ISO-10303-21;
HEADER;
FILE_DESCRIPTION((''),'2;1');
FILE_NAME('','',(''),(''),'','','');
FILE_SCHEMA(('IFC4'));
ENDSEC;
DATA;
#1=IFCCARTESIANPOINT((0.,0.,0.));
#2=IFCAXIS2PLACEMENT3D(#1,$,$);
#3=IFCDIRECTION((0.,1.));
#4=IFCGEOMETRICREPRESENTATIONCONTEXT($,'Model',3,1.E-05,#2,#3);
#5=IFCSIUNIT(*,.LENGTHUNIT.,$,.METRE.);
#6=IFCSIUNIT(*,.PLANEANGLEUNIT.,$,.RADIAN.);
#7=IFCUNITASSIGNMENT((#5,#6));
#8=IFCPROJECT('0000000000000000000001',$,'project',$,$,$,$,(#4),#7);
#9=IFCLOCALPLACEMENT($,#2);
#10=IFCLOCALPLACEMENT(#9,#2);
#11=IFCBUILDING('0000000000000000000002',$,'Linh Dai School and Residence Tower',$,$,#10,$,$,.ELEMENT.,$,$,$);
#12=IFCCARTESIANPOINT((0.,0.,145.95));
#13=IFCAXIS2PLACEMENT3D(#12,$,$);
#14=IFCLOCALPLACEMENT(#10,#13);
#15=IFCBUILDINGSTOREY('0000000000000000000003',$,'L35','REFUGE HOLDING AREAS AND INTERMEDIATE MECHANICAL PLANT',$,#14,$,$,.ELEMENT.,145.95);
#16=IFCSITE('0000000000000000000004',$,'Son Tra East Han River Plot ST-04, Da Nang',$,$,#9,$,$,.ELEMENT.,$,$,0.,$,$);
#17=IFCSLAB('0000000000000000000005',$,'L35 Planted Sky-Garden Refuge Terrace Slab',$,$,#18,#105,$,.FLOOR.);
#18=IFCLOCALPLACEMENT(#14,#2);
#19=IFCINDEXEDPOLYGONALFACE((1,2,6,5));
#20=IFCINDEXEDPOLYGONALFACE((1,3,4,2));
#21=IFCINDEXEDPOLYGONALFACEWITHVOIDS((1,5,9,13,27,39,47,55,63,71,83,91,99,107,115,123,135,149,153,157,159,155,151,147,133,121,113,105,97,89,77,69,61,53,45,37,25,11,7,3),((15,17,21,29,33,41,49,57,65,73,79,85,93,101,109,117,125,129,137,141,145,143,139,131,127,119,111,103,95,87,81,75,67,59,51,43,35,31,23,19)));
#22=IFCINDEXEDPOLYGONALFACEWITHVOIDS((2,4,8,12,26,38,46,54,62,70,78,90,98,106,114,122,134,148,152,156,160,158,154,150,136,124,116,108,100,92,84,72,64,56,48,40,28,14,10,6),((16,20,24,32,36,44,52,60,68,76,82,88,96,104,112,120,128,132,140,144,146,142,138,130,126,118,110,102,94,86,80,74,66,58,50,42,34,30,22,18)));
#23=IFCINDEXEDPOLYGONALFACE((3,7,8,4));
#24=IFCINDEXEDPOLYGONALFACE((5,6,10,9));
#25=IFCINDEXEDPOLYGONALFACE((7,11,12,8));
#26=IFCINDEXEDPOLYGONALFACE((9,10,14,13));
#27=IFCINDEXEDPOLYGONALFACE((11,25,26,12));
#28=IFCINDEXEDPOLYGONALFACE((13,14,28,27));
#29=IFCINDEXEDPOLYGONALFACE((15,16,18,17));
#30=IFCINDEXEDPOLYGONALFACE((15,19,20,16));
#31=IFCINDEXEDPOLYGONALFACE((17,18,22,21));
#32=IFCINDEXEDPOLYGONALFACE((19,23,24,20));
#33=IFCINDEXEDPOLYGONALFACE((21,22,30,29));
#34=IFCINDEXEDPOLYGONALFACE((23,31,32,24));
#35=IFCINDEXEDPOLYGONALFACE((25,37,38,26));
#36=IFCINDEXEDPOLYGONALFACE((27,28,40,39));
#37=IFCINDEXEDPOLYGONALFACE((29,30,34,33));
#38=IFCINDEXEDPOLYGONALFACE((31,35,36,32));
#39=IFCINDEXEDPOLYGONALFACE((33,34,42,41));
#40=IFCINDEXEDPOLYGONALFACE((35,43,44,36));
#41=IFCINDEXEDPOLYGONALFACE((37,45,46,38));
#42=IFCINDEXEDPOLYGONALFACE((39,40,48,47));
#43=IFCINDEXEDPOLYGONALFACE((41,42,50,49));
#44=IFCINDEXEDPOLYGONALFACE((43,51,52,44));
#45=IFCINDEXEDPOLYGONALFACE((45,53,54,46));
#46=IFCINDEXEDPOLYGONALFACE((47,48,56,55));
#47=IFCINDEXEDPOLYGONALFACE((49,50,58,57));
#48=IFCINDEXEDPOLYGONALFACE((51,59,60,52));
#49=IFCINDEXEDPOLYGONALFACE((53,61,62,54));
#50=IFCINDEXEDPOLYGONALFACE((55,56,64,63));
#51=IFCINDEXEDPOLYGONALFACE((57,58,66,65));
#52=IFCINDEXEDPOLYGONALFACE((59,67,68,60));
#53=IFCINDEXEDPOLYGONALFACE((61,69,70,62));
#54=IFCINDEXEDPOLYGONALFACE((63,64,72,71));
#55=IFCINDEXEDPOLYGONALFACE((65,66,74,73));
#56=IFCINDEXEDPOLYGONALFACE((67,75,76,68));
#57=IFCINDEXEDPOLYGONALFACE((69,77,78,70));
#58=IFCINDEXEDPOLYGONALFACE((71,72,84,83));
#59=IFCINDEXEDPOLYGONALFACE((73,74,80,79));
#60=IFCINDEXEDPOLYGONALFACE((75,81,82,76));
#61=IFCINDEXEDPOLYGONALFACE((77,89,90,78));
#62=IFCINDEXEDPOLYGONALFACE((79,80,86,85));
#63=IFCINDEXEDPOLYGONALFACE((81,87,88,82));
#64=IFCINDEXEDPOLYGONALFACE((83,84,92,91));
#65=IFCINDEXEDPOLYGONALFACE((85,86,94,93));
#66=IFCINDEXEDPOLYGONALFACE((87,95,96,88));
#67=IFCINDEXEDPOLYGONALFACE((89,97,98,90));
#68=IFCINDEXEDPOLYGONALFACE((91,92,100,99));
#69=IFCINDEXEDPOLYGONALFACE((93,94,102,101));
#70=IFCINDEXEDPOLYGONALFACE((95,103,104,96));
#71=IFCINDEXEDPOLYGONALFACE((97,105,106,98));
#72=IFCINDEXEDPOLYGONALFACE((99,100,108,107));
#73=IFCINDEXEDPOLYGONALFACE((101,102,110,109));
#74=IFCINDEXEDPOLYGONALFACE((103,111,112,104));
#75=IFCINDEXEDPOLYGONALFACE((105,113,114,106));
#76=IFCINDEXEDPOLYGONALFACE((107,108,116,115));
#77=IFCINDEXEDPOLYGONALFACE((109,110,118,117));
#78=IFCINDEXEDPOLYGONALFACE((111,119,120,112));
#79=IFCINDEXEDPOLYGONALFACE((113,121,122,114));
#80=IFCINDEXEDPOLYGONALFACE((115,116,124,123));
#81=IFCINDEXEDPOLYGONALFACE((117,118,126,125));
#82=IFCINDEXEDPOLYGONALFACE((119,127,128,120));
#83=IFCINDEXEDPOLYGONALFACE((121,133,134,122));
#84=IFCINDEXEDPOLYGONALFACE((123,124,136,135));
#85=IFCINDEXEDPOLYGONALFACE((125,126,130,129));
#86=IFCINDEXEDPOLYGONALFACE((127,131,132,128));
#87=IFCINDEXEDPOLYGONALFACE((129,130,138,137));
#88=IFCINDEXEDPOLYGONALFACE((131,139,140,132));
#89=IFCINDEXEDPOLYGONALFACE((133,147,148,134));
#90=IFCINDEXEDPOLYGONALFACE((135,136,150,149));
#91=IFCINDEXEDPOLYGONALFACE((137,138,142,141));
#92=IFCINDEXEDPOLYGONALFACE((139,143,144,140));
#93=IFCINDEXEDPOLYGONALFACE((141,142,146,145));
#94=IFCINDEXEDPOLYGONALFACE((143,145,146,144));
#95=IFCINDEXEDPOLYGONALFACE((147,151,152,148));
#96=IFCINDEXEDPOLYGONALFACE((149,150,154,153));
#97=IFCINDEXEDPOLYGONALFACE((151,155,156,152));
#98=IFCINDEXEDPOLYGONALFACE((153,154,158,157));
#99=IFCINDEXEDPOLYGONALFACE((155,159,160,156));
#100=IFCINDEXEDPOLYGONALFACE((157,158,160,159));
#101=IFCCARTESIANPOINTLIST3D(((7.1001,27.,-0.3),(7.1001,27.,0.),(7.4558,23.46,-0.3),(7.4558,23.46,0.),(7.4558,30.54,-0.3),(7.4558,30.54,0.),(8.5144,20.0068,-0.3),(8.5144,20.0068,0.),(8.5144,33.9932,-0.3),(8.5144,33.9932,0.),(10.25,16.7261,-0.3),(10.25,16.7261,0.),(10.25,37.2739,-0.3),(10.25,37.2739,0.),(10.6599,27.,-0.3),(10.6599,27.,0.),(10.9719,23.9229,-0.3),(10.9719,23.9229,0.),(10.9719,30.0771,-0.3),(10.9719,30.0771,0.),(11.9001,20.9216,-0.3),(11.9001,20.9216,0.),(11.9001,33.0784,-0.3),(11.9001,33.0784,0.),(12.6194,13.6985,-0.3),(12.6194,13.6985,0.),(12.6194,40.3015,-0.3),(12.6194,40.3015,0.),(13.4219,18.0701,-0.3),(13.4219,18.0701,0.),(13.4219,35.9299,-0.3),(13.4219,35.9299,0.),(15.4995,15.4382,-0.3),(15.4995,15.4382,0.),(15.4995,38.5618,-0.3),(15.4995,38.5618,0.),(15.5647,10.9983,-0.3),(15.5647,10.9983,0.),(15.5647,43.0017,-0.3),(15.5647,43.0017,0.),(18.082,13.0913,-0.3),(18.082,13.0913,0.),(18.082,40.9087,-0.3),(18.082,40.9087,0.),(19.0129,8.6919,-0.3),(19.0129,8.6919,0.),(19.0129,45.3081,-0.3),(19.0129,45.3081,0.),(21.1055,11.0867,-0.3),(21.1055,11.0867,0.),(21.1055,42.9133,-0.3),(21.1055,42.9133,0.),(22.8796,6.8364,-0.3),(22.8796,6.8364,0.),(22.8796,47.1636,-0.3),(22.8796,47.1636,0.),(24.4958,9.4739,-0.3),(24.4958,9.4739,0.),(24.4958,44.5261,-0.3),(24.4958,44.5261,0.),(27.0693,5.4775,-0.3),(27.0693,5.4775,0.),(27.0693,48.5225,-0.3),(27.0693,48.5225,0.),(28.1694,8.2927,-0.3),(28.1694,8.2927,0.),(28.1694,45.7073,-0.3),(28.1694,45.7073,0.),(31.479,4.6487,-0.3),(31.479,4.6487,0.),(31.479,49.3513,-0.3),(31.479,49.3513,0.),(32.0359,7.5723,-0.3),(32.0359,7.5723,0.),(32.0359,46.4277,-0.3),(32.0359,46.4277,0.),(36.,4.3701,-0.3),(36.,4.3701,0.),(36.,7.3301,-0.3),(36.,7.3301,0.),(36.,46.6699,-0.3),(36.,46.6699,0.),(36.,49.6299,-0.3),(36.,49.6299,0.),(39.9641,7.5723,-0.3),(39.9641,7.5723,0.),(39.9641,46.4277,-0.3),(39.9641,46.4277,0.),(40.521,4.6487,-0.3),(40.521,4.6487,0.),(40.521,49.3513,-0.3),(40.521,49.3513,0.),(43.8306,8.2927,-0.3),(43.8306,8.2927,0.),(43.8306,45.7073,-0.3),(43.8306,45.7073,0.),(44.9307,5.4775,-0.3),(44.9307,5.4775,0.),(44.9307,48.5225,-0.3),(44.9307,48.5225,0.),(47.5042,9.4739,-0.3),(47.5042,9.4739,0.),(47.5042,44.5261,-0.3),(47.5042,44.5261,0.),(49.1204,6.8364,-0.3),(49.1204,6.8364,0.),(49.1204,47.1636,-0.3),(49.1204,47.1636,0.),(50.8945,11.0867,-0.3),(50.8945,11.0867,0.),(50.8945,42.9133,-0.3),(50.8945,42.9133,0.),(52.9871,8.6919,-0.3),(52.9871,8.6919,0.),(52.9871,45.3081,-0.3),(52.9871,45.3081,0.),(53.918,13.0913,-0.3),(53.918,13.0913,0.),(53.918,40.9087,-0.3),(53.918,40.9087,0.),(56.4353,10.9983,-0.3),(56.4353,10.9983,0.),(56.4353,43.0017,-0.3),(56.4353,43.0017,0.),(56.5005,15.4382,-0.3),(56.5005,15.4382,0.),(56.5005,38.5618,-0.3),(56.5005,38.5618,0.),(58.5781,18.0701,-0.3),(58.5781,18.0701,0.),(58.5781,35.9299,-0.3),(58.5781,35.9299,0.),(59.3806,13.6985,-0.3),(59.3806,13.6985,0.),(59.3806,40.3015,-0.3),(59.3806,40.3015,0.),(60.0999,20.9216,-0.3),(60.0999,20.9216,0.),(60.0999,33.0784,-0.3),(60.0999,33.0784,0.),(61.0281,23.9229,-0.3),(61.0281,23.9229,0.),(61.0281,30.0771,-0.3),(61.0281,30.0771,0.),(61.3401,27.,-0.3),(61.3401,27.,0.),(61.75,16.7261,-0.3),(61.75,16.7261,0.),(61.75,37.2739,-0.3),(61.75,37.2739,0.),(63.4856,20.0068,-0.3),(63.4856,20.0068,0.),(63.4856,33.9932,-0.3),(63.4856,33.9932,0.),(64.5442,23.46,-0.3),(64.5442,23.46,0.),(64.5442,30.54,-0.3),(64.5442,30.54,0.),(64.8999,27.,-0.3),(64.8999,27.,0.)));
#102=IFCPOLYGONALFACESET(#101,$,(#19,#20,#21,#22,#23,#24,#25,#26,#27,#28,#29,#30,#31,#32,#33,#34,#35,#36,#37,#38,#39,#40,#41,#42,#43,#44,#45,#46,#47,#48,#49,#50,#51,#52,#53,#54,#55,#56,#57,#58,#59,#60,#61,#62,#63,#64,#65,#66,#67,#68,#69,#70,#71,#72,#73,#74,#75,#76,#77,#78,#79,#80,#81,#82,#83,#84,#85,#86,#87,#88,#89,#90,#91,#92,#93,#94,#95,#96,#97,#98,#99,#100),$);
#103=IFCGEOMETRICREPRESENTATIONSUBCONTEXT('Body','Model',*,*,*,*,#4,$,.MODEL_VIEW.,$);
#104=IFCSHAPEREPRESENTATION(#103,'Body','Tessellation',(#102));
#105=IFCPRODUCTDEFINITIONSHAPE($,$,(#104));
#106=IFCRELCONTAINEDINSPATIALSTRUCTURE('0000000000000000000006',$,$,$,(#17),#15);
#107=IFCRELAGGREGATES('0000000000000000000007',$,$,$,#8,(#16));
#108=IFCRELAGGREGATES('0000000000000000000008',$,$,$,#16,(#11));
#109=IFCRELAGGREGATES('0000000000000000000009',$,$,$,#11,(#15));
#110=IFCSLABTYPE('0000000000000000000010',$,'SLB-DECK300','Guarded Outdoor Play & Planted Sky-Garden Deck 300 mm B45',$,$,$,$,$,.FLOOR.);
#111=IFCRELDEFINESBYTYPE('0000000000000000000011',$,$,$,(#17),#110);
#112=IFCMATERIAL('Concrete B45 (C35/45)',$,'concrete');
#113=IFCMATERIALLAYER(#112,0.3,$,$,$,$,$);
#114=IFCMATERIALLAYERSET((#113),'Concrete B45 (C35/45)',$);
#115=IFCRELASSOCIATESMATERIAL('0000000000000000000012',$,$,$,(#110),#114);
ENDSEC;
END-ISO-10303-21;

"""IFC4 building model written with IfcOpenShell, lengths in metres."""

from ifc_helpers import new_model, si_unit, direction, frame, origin, place, context, subcontext, project, spatial, polyline, outline, extrude, material, layer, layer_set, type_object, element, save


model = new_model("IFC4")

# Units and contexts
model_context = context("Model", 3, precision=1e-05, world=origin(), true_north=direction((0.0, 1.0)))
body_context = subcontext(model_context, "Body", "Model", "MODEL_VIEW")
ifc_project = project(units=[si_unit("LENGTHUNIT", "METRE"), si_unit("PLANEANGLEUNIT", "RADIAN")], contexts=[model_context])

# Site, building, storey
site_placement = place(None, origin())
site = spatial("IfcSite", under=ifc_project, at=site_placement, Name="Son Tra East Han River Plot ST-04, Da Nang", CompositionType="ELEMENT", RefElevation=0.0)
building_placement = place(site_placement, origin())
building = spatial("IfcBuilding", under=site, at=building_placement, Name="Linh Dai School and Residence Tower", CompositionType="ELEMENT")
storey_placement = place(building_placement, frame((0.0, 0.0, 145.95)))
storey = spatial("IfcBuildingStorey", under=building, at=storey_placement, Name="L35", Description="REFUGE HOLDING AREAS AND INTERMEDIATE MECHANICAL PLANT", CompositionType="ELEMENT", Elevation=145.95)

# Slab
ifc_material_1 = material(Name="Concrete B45 (C35/45)", Category="concrete")
ifc_layer_1 = layer(ifc_material_1, 0.3)
ifc_layer_set_1 = layer_set([ifc_layer_1], Name="Concrete B45 (C35/45)")
slab_type_1 = type_object("IfcSlabType", Name="SLB-DECK300", Description="Guarded Outdoor Play & Planted Sky-Garden Deck 300 mm B45", PredefinedType="FLOOR", material=ifc_layer_set_1)
slab_1_placement = place(storey_placement, frame((0.0, 0.0, -0.3)))
element("IfcSlab", 1, at=slab_1_placement, inside=storey, type_object=slab_type_1, Name="L35 Planted Sky-Garden Refuge Terrace Slab", PredefinedType="FLOOR", context=body_context, shape_type="SweptSolid", body=[
    extrude(outline(polyline([(64.8999, 27.0), (64.5442, 30.54), (63.4856, 33.9932), (61.75, 37.2739), (59.3806, 40.3015), (56.4353, 43.0017), (52.9871, 45.3081), (49.1204, 47.1636), (44.9307, 48.5225), (40.521, 49.3513), (36.0, 49.6299), (31.479, 49.3513), (27.0693, 48.5225), (22.8796, 47.1636), (19.0129, 45.3081), (15.5647, 43.0017), (12.6194, 40.3015), (10.25, 37.2739), (8.5144, 33.9932), (7.4558, 30.54), (7.1001, 27.0), (7.4558, 23.46), (8.5144, 20.0068), (10.25, 16.7261), (12.6194, 13.6985), (15.5647, 10.9983), (19.0129, 8.6919), (22.8796, 6.8364), (27.0693, 5.4775), (31.479, 4.6487), (36.0, 4.3701), (40.521, 4.6487), (44.9307, 5.4775), (49.1204, 6.8364), (52.9871, 8.6919), (56.4353, 10.9983), (59.3806, 13.6985), (61.75, 16.7261), (63.4856, 20.0068), (64.5442, 23.46), (64.8999, 27.0)]), holes=[polyline([(61.3401, 27.0), (61.0281, 30.0771), (60.0999, 33.0784), (58.5781, 35.9299), (56.5005, 38.5618), (53.918, 40.9087), (50.8945, 42.9133), (47.5042, 44.5261), (43.8306, 45.7073), (39.9641, 46.4277), (36.0, 46.6699), (32.0359, 46.4277), (28.1694, 45.7073), (24.4958, 44.5261), (21.1055, 42.9133), (18.082, 40.9087), (15.4995, 38.5618), (13.4219, 35.9299), (11.9001, 33.0784), (10.9719, 30.0771), (10.6599, 27.0), (10.9719, 23.9229), (11.9001, 20.9216), (13.4219, 18.0701), (15.4995, 15.4382), (18.082, 13.0913), (21.1055, 11.0867), (24.4958, 9.4739), (28.1694, 8.2927), (32.0359, 7.5723), (36.0, 7.3301), (39.9641, 7.5723), (43.8306, 8.2927), (47.5042, 9.4739), (50.8945, 11.0867), (53.918, 13.0913), (56.5005, 15.4382), (58.5781, 18.0701), (60.0999, 20.9216), (61.0281, 23.9229), (61.3401, 27.0)])]), origin(), (0.0, 0.0, 1.0), 0.3),
])

save(model, "model.ifc")
